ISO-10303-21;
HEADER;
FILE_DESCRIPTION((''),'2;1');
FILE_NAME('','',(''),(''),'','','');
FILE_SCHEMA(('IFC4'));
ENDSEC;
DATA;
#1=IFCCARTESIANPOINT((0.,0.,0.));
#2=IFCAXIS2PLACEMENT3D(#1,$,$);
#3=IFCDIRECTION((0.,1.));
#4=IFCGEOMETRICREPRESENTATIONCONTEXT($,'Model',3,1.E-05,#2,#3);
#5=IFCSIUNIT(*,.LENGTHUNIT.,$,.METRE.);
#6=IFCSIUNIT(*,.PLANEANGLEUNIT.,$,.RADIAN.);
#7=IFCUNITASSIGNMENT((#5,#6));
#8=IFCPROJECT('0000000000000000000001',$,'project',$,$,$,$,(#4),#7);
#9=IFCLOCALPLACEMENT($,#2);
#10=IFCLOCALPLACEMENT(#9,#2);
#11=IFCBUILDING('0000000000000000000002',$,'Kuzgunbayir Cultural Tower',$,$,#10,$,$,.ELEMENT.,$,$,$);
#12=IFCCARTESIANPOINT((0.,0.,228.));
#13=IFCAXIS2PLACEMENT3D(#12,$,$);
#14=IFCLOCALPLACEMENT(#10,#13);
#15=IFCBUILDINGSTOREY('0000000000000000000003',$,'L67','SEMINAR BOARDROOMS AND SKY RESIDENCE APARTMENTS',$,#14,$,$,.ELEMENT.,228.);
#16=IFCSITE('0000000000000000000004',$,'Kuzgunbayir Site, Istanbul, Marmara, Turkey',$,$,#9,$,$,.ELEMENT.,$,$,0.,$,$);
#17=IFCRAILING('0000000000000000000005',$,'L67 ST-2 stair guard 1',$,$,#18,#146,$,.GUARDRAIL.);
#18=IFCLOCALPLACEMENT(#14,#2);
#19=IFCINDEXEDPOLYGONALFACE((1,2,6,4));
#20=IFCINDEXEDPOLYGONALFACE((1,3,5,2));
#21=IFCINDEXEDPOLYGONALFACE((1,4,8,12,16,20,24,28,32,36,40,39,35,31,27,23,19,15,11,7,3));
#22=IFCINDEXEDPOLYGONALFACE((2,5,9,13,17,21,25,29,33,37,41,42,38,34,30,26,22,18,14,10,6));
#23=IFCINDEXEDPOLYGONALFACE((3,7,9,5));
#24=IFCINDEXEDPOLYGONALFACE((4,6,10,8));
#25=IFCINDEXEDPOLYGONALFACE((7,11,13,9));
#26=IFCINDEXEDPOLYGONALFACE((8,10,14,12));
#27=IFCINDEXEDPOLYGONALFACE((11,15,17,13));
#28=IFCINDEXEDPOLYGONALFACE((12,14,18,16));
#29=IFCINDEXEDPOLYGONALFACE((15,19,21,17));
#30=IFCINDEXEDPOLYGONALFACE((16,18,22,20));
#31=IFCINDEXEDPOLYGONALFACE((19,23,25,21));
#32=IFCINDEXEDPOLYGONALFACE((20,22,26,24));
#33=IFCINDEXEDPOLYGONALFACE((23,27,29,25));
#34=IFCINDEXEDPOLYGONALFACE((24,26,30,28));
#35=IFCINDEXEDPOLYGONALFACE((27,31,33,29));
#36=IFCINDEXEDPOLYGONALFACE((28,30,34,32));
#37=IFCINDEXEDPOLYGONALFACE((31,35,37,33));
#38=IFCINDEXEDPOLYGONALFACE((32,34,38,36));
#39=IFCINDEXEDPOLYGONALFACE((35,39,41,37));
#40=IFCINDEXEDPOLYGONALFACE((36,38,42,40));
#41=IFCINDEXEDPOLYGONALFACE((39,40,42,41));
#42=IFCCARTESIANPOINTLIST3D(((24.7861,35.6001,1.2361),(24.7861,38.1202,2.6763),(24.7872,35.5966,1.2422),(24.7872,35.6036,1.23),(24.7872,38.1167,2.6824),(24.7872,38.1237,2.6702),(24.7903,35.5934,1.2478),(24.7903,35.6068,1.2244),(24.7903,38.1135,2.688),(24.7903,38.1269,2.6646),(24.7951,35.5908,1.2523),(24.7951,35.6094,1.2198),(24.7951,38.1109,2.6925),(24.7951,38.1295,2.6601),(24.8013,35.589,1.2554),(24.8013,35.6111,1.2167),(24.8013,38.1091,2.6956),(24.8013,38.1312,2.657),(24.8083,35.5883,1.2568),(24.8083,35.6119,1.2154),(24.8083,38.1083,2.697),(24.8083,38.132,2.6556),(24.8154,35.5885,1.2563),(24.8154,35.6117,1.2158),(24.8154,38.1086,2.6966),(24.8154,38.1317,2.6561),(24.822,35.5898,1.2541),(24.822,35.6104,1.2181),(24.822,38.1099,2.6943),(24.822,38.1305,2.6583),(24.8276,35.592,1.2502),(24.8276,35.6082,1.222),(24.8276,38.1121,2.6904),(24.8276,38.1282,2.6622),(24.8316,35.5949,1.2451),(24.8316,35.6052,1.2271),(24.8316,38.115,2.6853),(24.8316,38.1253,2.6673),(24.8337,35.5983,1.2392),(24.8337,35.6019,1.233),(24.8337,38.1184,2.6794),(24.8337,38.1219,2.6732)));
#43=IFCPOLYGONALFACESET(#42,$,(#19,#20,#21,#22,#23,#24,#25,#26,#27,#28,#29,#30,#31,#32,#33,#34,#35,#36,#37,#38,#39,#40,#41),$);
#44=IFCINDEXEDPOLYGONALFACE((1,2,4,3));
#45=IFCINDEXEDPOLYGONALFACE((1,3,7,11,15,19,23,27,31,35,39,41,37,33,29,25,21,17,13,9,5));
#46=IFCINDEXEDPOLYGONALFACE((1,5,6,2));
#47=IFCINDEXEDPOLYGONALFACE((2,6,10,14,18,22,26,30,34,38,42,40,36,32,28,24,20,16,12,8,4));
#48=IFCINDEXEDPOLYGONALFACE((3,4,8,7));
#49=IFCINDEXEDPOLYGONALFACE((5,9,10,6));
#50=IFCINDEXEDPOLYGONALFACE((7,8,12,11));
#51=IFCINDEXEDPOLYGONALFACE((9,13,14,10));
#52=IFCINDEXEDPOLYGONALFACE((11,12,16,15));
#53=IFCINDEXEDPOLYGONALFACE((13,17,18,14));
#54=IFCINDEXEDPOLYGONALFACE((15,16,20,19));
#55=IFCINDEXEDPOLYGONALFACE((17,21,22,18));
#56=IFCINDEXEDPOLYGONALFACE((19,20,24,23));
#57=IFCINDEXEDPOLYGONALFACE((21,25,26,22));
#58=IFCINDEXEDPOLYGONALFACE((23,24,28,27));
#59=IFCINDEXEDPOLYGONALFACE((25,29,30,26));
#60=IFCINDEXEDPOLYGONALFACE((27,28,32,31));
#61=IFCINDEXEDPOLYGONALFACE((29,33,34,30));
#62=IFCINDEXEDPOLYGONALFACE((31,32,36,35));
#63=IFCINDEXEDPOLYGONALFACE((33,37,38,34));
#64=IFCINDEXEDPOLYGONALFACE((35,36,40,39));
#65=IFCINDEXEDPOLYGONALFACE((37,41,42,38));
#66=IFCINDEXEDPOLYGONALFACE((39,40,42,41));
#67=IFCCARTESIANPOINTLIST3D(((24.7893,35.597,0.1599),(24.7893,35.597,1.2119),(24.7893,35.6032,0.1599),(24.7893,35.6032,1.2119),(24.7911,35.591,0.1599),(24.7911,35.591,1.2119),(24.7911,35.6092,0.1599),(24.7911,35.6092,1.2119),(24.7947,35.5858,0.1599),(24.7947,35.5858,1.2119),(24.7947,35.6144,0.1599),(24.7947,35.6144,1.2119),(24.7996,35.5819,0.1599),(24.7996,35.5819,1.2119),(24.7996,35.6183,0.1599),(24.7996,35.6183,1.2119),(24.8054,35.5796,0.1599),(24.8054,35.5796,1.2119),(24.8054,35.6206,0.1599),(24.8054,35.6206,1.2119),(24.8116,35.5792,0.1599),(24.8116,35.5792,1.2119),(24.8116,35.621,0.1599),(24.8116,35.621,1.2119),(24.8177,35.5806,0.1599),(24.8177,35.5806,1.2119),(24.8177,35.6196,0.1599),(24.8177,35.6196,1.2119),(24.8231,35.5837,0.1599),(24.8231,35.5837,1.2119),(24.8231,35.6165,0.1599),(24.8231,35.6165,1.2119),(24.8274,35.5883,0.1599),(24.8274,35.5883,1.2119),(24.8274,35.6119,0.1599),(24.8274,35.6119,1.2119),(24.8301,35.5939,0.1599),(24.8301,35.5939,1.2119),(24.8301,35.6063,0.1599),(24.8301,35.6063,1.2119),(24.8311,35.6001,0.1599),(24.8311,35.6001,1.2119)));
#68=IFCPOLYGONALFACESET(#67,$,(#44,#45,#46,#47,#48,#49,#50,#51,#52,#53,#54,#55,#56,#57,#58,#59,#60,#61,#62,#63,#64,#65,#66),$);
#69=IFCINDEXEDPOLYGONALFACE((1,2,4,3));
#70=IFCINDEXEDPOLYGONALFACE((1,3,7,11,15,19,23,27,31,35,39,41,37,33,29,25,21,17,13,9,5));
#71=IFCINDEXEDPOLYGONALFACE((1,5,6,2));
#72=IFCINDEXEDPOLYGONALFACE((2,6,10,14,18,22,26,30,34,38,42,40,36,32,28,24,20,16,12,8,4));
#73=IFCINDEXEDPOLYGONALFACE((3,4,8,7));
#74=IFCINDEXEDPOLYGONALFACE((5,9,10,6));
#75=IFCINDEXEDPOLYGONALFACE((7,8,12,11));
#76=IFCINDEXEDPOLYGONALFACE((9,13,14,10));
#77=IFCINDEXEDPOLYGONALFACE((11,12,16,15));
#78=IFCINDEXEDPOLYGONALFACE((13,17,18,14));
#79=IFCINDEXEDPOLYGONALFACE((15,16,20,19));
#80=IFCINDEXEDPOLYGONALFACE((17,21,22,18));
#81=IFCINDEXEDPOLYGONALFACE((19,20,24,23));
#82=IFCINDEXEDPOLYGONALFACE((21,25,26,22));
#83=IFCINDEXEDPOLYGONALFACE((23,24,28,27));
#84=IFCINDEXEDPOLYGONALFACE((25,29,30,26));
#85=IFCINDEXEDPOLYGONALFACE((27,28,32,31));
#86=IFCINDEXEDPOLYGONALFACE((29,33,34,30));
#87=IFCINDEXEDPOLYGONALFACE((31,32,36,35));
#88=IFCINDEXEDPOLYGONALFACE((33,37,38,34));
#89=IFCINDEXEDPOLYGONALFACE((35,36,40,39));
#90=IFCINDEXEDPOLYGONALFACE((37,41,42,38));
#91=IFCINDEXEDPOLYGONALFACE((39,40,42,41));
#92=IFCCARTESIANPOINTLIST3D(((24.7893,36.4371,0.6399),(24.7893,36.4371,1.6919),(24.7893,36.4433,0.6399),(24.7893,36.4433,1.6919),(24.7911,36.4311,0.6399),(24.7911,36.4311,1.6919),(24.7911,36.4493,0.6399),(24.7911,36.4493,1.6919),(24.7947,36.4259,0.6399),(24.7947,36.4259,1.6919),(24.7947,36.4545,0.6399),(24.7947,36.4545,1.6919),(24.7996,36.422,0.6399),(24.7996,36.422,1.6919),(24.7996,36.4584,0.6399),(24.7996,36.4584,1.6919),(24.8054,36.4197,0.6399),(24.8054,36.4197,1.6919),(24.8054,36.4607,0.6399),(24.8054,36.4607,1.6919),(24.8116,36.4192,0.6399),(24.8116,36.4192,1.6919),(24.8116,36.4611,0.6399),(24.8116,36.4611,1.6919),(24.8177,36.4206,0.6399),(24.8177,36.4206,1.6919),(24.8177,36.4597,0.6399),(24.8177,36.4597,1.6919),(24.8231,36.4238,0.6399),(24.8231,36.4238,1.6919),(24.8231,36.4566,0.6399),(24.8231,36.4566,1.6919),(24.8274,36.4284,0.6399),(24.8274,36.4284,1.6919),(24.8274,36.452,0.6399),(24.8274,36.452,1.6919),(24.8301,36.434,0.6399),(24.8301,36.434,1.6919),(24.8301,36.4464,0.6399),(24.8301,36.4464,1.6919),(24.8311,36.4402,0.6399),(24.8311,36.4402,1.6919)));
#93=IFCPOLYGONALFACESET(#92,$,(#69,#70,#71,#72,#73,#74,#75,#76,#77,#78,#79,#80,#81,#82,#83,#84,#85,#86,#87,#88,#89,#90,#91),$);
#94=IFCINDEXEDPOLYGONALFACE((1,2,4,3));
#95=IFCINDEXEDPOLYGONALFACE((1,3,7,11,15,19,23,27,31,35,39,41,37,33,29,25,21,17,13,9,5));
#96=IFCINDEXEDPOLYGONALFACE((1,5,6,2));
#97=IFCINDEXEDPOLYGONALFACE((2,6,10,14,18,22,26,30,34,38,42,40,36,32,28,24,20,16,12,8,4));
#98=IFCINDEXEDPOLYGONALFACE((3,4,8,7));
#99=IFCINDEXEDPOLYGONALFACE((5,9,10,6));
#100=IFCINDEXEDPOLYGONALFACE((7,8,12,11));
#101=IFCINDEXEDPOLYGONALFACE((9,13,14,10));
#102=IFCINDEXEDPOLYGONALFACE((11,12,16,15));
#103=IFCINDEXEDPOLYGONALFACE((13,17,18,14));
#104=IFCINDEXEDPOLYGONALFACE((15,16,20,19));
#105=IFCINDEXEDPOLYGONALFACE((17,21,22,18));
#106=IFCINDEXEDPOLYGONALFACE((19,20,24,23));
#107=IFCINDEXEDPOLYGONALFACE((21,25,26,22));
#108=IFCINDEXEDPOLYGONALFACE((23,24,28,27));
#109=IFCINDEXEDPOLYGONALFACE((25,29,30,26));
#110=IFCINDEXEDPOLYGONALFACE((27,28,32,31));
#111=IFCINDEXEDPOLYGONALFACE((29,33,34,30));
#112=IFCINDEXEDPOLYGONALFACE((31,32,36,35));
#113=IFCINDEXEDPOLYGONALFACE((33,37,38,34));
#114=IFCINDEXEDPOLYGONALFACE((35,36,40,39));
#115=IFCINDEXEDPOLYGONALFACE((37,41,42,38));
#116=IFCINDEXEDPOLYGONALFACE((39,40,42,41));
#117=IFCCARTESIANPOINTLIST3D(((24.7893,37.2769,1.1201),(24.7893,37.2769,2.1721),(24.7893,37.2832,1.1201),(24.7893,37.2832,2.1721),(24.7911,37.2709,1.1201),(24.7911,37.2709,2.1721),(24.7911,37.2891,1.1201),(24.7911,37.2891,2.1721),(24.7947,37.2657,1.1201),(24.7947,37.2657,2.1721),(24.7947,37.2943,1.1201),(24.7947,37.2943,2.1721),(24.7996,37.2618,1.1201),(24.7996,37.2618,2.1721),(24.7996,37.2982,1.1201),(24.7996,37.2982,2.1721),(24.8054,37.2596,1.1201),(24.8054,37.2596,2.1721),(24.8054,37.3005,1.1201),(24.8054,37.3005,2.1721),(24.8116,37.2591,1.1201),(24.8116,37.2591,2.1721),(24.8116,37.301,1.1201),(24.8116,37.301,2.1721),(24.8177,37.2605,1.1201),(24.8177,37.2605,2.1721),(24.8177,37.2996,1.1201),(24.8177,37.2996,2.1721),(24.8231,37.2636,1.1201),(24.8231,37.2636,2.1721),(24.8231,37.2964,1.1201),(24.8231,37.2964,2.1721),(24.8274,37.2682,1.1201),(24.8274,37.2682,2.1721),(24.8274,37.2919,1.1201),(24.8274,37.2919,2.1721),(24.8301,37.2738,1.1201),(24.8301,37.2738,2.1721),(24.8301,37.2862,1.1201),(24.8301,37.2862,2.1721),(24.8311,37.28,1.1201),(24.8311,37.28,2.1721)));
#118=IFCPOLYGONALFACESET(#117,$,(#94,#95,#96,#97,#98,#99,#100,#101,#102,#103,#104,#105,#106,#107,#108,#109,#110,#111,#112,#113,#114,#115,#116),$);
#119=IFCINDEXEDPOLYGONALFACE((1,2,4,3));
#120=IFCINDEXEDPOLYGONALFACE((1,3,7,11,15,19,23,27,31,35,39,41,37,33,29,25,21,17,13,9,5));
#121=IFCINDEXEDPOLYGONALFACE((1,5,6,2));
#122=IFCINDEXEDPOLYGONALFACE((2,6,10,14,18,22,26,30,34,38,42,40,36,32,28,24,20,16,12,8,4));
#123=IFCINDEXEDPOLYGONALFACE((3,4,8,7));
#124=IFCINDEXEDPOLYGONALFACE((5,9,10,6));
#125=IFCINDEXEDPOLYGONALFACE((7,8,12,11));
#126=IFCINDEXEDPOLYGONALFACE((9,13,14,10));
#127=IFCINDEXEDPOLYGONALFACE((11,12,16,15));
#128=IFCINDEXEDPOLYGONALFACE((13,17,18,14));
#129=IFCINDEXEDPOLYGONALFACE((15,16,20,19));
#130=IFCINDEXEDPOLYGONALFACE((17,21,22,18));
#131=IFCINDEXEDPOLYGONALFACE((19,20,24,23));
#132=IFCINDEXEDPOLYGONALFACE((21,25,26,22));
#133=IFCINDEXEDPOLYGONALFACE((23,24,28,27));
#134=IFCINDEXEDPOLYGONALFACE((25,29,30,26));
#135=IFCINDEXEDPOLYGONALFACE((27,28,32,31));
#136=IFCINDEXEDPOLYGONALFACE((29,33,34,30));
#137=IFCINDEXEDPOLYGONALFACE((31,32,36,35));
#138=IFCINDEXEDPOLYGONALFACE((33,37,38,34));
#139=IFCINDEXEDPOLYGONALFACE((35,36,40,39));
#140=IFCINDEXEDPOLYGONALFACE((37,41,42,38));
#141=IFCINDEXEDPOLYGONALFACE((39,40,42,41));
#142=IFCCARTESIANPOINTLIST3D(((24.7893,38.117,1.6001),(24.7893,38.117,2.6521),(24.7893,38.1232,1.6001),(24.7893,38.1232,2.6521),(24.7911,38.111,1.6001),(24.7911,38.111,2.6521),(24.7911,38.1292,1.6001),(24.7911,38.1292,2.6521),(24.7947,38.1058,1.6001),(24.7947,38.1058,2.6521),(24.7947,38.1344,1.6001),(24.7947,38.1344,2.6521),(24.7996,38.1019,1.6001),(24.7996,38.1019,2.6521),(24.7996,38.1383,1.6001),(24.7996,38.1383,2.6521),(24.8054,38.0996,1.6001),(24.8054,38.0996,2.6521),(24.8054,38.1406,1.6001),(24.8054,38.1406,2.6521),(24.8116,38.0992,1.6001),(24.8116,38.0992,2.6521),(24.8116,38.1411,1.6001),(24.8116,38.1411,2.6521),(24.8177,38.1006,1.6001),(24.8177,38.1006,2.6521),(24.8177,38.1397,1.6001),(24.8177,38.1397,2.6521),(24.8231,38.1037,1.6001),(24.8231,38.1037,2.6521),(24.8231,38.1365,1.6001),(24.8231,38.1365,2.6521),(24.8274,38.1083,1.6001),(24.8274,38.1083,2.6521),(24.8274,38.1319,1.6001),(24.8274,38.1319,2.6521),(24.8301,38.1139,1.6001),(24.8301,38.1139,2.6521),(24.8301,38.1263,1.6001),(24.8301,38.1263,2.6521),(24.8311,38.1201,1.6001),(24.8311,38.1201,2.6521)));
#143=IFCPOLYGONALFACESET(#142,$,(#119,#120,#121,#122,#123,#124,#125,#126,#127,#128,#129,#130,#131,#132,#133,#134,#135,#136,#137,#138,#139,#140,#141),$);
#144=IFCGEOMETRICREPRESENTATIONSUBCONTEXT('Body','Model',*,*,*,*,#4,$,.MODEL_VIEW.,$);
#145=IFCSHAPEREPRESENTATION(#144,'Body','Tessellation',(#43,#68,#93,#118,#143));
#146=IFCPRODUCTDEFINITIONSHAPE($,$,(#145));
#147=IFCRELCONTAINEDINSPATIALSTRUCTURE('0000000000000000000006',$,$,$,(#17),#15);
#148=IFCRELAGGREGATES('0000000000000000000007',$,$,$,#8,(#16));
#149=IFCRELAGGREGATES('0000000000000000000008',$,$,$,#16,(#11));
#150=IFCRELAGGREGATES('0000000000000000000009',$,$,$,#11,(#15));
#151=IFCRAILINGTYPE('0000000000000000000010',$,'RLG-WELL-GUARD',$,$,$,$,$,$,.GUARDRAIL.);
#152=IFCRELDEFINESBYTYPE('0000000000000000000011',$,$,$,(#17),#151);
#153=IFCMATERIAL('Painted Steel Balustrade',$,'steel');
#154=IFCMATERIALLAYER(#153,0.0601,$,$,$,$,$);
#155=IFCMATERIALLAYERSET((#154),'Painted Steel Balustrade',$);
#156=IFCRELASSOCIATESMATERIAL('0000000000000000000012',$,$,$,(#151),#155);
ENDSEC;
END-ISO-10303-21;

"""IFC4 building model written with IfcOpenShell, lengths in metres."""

from ifc_helpers import new_model, si_unit, direction, frame, origin, origin_2d, place, context, subcontext, project, spatial, circle, extrude, material, layer, layer_set, type_object, element, save


model = new_model("IFC4")

# Units and contexts
model_context = context("Model", 3, precision=1e-05, world=origin(), true_north=direction((0.0, 1.0)))
body_context = subcontext(model_context, "Body", "Model", "MODEL_VIEW")
ifc_project = project(units=[si_unit("LENGTHUNIT", "METRE"), si_unit("PLANEANGLEUNIT", "RADIAN")], contexts=[model_context])

# Site, building, storey
site_placement = place(None, origin())
site = spatial("IfcSite", under=ifc_project, at=site_placement, Name="Kuzgunbayir Site, Istanbul, Marmara, Turkey", CompositionType="ELEMENT", RefElevation=0.0)
building_placement = place(site_placement, origin())
building = spatial("IfcBuilding", under=site, at=building_placement, Name="Kuzgunbayir Cultural Tower", CompositionType="ELEMENT")
storey_placement = place(building_placement, frame((0.0, 0.0, 228.0)))
storey = spatial("IfcBuildingStorey", under=building, at=storey_placement, Name="L67", Description="SEMINAR BOARDROOMS AND SKY RESIDENCE APARTMENTS", CompositionType="ELEMENT", Elevation=228.0)

# Railing
ifc_material_1 = material(Name="Painted Steel Balustrade", Category="steel")
ifc_layer_1 = layer(ifc_material_1, 0.0601)
ifc_layer_set_1 = layer_set([ifc_layer_1], Name="Painted Steel Balustrade")
railing_type_1 = type_object("IfcRailingType", Name="RLG-WELL-GUARD", PredefinedType="GUARDRAIL", material=ifc_layer_set_1)
railing_1_placement = place(storey_placement, frame((24.8101, 35.6001, 0.1599)))
element("IfcRailing", 1, at=railing_1_placement, inside=storey, type_object=railing_type_1, Name="L67 ST-2 stair guard 1", PredefinedType="GUARDRAIL", context=body_context, shape_type="SweptSolid", body=[
    extrude(circle(Radius=0.0239, at=origin_2d()), frame((0.0, 0.0, 1.0762), z_axis=(0.0, 0.868217, 0.496184), x_axis=(-1.0, 0.0, 0.0)), (0.0, 0.0, 1.0), 2.9026),
    extrude(circle(Radius=0.021, at=origin_2d()), origin(), (0.0, 0.0, 1.0), 1.052),
    extrude(circle(Radius=0.021, at=origin_2d()), frame((0.0, 0.8401, 0.48)), (0.0, 0.0, 1.0), 1.052),
    extrude(circle(Radius=0.021, at=origin_2d()), frame((0.0, 1.6799, 0.9602)), (0.0, 0.0, 1.0), 1.052),
    extrude(circle(Radius=0.021, at=origin_2d()), frame((0.0, 2.52, 1.4402)), (0.0, 0.0, 1.0), 1.052),
])

save(model, "model.ifc")
